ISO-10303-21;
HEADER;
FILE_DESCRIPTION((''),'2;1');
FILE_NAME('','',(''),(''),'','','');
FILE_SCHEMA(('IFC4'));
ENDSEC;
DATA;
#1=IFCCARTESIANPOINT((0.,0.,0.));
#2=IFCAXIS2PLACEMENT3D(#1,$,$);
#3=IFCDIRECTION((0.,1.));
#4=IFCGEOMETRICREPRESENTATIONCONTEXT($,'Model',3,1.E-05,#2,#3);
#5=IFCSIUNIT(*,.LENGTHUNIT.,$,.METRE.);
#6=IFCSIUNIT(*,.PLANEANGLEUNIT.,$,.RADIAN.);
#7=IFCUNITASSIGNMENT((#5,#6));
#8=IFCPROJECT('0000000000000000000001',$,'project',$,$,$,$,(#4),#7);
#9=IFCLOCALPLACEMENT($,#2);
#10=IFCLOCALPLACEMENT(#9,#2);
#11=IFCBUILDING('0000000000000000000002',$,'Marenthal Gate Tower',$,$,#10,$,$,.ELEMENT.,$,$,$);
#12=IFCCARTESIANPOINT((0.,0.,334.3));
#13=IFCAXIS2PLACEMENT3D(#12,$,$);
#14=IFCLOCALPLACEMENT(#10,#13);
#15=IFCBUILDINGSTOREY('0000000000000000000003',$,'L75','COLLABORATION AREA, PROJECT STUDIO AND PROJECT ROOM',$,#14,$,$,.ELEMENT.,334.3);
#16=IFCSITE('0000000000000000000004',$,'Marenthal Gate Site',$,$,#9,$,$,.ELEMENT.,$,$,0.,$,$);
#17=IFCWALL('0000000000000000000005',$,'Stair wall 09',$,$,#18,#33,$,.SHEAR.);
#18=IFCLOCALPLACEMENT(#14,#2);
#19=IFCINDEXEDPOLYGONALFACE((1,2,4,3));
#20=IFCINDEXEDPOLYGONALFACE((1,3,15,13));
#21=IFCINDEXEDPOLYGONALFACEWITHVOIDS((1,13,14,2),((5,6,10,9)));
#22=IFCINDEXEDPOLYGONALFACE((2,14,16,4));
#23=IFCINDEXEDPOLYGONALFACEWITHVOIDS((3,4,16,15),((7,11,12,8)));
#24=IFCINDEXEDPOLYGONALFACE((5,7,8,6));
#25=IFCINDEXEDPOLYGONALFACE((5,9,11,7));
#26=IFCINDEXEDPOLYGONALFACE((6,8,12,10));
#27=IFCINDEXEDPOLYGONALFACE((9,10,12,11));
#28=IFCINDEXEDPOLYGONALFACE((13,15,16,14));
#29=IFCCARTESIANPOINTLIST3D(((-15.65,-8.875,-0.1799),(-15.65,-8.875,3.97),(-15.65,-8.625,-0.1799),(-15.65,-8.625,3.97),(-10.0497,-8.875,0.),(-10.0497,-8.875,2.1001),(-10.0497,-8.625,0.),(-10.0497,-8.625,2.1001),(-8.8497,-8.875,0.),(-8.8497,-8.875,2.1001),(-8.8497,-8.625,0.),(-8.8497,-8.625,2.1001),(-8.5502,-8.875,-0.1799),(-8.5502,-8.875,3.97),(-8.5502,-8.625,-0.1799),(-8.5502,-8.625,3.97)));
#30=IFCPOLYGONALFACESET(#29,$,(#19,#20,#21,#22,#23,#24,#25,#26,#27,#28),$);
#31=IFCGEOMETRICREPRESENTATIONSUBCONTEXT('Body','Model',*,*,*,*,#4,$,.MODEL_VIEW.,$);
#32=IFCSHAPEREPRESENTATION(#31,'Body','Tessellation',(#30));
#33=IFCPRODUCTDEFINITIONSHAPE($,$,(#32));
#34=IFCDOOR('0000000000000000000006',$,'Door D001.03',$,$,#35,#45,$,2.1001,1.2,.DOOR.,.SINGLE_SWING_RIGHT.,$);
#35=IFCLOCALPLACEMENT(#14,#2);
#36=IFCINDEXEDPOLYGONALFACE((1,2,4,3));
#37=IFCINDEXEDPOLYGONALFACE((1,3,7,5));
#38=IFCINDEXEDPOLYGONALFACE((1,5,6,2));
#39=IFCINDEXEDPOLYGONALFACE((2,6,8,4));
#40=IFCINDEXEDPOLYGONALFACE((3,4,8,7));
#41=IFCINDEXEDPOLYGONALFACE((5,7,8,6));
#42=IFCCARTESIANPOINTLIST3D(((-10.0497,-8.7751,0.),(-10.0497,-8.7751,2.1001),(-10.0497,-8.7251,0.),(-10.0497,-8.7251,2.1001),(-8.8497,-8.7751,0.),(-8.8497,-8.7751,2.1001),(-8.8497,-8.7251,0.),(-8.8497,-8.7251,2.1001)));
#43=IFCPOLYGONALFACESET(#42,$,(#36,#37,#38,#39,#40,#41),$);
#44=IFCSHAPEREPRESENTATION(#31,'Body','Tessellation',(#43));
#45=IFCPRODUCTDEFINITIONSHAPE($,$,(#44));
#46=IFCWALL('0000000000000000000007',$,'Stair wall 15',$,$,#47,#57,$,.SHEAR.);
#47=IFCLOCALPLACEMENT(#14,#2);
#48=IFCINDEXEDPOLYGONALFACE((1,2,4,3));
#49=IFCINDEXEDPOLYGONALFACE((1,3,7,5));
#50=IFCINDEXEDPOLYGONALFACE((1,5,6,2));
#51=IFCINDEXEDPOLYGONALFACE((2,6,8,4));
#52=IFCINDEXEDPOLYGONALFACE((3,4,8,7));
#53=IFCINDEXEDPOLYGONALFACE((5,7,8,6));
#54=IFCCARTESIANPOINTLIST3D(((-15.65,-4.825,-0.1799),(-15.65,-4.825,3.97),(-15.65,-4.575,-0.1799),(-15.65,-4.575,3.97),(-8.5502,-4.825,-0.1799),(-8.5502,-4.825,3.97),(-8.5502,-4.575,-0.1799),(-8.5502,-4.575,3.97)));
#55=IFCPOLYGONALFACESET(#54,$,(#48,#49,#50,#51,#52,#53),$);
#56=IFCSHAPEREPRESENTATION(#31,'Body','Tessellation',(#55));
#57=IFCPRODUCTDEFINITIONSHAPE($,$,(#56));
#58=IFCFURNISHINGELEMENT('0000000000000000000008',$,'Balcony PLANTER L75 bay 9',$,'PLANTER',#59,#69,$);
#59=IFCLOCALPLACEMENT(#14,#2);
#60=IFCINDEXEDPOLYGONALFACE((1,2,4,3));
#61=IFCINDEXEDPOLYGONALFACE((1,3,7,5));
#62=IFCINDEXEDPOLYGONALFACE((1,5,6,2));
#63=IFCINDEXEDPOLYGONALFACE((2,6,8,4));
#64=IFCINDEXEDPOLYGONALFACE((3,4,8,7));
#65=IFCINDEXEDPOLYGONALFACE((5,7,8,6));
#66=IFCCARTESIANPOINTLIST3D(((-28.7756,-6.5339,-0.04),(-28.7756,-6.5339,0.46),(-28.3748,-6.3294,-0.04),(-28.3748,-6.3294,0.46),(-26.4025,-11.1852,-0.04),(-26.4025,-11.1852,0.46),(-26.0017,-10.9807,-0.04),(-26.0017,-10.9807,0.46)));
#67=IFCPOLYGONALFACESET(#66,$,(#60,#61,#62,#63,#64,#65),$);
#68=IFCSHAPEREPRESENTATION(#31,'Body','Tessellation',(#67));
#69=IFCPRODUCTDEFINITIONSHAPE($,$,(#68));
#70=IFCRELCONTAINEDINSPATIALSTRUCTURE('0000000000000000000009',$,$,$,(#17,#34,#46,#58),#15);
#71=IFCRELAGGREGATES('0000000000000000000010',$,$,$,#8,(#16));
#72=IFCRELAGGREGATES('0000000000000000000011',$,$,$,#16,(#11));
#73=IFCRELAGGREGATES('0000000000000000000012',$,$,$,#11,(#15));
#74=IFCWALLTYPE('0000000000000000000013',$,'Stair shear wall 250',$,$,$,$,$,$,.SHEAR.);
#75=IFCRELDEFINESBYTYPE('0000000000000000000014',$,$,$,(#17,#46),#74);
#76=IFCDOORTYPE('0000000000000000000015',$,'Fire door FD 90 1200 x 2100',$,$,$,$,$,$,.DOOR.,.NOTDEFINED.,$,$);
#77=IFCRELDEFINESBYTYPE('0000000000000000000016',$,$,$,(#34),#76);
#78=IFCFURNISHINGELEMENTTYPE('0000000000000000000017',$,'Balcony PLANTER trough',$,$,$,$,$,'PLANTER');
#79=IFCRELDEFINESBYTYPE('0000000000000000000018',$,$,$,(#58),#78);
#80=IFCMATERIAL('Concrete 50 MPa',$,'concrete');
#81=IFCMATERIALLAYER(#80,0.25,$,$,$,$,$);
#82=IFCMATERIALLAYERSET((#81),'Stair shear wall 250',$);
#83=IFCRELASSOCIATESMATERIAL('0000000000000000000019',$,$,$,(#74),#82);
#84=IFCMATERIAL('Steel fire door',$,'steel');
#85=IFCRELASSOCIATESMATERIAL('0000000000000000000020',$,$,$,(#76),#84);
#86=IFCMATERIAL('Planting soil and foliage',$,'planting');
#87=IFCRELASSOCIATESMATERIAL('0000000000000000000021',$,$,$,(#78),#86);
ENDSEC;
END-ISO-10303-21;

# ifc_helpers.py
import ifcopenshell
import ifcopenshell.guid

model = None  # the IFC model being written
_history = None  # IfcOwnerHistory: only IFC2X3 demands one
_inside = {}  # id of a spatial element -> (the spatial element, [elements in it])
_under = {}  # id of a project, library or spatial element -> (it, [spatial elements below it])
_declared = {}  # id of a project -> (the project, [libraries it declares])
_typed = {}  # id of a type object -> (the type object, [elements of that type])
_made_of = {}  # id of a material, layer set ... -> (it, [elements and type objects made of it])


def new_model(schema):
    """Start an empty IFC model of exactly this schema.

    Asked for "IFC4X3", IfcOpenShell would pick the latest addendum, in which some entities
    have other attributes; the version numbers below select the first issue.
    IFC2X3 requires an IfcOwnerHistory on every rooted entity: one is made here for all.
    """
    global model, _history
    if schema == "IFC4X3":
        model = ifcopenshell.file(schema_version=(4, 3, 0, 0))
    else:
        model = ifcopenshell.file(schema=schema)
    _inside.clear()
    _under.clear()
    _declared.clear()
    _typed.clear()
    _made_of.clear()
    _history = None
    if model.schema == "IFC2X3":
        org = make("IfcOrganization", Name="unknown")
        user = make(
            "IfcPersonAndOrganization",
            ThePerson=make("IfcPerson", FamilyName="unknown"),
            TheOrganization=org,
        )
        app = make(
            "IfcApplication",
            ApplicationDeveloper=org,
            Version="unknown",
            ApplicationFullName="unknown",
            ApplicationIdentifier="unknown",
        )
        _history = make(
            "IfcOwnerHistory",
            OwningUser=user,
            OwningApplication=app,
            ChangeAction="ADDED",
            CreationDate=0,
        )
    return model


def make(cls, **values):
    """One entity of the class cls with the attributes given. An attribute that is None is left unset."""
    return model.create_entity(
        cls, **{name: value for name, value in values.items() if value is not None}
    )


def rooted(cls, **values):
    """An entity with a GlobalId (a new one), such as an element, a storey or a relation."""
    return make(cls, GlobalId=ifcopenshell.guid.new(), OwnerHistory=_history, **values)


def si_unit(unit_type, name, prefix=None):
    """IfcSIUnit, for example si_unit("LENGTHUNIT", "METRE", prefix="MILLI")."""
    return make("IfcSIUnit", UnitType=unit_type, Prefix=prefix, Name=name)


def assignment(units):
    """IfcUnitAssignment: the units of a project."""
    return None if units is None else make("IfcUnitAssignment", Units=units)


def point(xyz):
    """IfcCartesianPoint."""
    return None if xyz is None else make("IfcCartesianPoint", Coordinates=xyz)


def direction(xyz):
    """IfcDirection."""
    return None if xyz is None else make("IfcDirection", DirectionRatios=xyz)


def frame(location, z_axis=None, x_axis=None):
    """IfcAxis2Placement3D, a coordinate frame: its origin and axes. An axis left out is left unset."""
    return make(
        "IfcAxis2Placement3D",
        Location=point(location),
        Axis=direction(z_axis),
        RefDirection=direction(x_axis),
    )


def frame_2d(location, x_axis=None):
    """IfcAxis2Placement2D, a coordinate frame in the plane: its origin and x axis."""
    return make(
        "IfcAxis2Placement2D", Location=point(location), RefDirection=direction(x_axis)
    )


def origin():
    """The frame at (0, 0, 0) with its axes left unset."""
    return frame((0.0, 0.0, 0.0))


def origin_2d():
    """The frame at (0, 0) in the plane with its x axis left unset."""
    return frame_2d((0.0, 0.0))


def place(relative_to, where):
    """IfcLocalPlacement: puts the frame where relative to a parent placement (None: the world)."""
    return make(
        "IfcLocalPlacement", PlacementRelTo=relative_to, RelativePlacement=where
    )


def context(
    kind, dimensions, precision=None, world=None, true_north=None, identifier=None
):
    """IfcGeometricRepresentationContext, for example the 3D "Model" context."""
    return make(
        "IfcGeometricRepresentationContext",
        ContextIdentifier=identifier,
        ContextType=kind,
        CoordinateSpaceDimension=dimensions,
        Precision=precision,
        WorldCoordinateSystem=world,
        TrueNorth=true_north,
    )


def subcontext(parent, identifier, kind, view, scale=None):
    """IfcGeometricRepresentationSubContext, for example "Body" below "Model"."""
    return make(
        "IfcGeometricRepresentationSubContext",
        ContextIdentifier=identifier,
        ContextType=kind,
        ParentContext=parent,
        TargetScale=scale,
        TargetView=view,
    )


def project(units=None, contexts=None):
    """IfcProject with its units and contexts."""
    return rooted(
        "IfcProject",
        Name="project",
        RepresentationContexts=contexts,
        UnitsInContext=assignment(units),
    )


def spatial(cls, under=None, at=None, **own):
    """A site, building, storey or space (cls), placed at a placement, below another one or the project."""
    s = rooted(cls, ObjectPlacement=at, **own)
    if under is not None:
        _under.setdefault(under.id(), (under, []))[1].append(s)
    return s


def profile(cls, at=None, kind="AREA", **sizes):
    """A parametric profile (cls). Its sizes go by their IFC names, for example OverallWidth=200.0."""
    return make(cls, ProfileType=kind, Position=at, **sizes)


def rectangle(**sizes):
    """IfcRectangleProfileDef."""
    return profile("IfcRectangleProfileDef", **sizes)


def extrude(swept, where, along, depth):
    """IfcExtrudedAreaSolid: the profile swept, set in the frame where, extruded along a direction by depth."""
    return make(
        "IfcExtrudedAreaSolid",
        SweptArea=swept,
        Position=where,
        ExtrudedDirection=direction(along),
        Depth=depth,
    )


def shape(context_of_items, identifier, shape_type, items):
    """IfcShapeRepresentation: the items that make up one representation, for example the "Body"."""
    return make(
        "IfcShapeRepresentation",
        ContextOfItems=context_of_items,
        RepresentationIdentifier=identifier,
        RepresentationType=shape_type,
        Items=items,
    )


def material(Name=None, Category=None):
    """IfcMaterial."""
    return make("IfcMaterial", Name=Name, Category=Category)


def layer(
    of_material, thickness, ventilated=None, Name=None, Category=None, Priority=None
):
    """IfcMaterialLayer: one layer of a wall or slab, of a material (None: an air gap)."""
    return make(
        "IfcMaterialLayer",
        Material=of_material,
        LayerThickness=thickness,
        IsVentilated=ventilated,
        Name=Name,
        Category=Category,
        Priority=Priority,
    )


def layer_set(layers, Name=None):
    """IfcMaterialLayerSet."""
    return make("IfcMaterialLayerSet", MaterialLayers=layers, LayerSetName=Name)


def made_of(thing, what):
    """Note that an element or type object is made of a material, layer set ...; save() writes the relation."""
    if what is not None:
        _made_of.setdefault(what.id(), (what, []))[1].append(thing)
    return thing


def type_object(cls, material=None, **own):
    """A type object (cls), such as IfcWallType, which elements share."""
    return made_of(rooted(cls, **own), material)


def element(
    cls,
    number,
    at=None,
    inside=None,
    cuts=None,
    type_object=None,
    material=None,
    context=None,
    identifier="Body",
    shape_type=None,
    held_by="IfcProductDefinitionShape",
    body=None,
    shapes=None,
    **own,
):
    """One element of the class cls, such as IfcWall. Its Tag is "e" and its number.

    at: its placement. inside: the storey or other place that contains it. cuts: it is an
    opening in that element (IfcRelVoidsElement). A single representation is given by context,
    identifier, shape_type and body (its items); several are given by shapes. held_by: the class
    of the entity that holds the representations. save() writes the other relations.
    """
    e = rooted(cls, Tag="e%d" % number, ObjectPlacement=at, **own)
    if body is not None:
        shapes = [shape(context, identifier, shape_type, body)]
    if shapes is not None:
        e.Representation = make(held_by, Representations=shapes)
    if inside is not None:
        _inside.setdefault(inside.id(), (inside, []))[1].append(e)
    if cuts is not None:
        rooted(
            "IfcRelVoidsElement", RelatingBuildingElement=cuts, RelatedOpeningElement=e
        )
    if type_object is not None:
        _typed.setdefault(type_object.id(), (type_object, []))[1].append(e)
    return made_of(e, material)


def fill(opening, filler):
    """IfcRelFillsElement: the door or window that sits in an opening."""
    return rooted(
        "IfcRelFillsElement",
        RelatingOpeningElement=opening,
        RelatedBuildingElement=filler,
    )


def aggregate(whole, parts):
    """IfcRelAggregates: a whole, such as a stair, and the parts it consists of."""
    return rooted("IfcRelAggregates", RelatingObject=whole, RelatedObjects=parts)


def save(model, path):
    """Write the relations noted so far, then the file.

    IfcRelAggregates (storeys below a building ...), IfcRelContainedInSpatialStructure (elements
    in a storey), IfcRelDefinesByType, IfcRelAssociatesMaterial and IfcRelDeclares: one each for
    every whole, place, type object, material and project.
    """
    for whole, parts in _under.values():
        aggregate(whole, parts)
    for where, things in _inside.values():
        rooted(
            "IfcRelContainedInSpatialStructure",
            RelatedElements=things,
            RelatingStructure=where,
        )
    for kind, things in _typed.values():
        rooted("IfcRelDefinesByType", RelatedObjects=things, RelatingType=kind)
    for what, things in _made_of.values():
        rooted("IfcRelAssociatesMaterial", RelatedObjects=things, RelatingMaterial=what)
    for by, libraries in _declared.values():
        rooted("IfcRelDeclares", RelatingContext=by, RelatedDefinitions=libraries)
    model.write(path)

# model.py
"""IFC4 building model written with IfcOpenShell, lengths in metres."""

from ifc_helpers import new_model, si_unit, direction, frame, frame_2d, origin, origin_2d, place, context, subcontext, project, spatial, rectangle, extrude, material, layer, layer_set, type_object, element, fill, save


model = new_model("IFC4")

# Units and contexts
model_context = context("Model", 3, precision=1e-05, world=origin(), true_north=direction((0.0, 1.0)))
body_context = subcontext(model_context, "Body", "Model", "MODEL_VIEW")
ifc_project = project(units=[si_unit("LENGTHUNIT", "METRE"), si_unit("PLANEANGLEUNIT", "RADIAN")], contexts=[model_context])

# Site, building, storey
site_placement = place(None, origin())
site = spatial("IfcSite", under=ifc_project, at=site_placement, Name="Marenthal Gate Site", CompositionType="ELEMENT", RefElevation=0.0)
building_placement = place(site_placement, origin())
building = spatial("IfcBuilding", under=site, at=building_placement, Name="Marenthal Gate Tower", CompositionType="ELEMENT")
storey_placement = place(building_placement, frame((0.0, 0.0, 334.3)))
storey = spatial("IfcBuildingStorey", under=building, at=storey_placement, Name="L75", Description="COLLABORATION AREA, PROJECT STUDIO AND PROJECT ROOM", CompositionType="ELEMENT", Elevation=334.3)

# Wall, opening, door
ifc_material_1 = material(Name="Concrete 50 MPa", Category="concrete")
ifc_layer_1 = layer(ifc_material_1, 0.25)
ifc_layer_set_1 = layer_set([ifc_layer_1], Name="Stair shear wall 250")
wall_type_1 = type_object("IfcWallType", Name="Stair shear wall 250", PredefinedType="SHEAR", material=ifc_layer_set_1)
wall_1_placement = place(storey_placement, frame((-15.6499, -8.75, -0.1799), z_axis=(0.0, 0.0, 1.0), x_axis=(1.0, 0.0, 0.0)))
wall_1 = element("IfcWall", 1, at=wall_1_placement, inside=storey, type_object=wall_type_1, Name="Stair wall 09", PredefinedType="SHEAR", context=body_context, shape_type="SweptSolid", body=[
    extrude(rectangle(XDim=7.0999, YDim=0.25, at=frame_2d((3.5498, 0.0))), origin(), (0.0, 0.0, 1.0), 4.1499),
])
opening_1_placement = place(wall_1_placement, frame((5.6001, 0.0, 0.1799)))
opening_1 = element("IfcOpeningElement", 2, at=opening_1_placement, cuts=wall_1, PredefinedType="OPENING", context=body_context, shape_type="SweptSolid", body=[
    extrude(rectangle(XDim=1.2, YDim=2.1001, at=frame_2d((0.6001, 1.05))), frame((0.0, 0.135, 0.0), z_axis=(0.0, -1.0, 0.0), x_axis=(1.0, 0.0, 0.0)), (0.0, 0.0, 1.0), 0.27),
])
ifc_material_2 = material(Name="Steel fire door", Category="steel")
door_type_1 = type_object("IfcDoorType", Name="Fire door FD 90 1200 x 2100", OperationType="NOTDEFINED", PredefinedType="DOOR", material=ifc_material_2)
door_1_placement = place(opening_1_placement, origin())
door_1 = element("IfcDoor", 3, at=door_1_placement, inside=storey, type_object=door_type_1, Name="Door D001.03", OperationType="SINGLE_SWING_RIGHT", OverallHeight=2.1001, OverallWidth=1.2, PredefinedType="DOOR", context=body_context, shape_type="SweptSolid", body=[
    extrude(rectangle(XDim=1.2, YDim=2.1001, at=frame_2d((0.6001, 1.05))), frame((0.0, 0.0249, 0.0), z_axis=(0.0, -1.0, 0.0), x_axis=(1.0, 0.0, 0.0)), (0.0, 0.0, 1.0), 0.05),
])
fill(opening_1, door_1)

# Wall
wall_2_placement = place(storey_placement, frame((-15.6499, -4.7, -0.1799), z_axis=(0.0, 0.0, 1.0), x_axis=(1.0, 0.0, 0.0)))
element("IfcWall", 4, at=wall_2_placement, inside=storey, type_object=wall_type_1, Name="Stair wall 15", PredefinedType="SHEAR", context=body_context, shape_type="SweptSolid", body=[
    extrude(rectangle(XDim=7.0999, YDim=0.25, at=frame_2d((3.5498, 0.0))), origin(), (0.0, 0.0, 1.0), 4.1499),
])

# Furnishing element
ifc_material_3 = material(Name="Planting soil and foliage", Category="planting")
furnishing_element_type = type_object("IfcFurnishingElementType", Name="Balcony PLANTER trough", ElementType="PLANTER", material=ifc_material_3)
furnishing_placement = place(storey_placement, frame((-27.3887, -8.7573, -0.04), z_axis=(0.0, 0.0, 1.0), x_axis=(0.454476, -0.890759, 0.0)))
element("IfcFurnishingElement", 5, at=furnishing_placement, inside=storey, type_object=furnishing_element_type, Name="Balcony PLANTER L75 bay 9", ObjectType="PLANTER", context=body_context, shape_type="SweptSolid", body=[
    extrude(rectangle(XDim=5.2217, YDim=0.45, at=origin_2d()), origin(), (0.0, 0.0, 1.0), 0.5),
])

save(model, "model.ifc")
